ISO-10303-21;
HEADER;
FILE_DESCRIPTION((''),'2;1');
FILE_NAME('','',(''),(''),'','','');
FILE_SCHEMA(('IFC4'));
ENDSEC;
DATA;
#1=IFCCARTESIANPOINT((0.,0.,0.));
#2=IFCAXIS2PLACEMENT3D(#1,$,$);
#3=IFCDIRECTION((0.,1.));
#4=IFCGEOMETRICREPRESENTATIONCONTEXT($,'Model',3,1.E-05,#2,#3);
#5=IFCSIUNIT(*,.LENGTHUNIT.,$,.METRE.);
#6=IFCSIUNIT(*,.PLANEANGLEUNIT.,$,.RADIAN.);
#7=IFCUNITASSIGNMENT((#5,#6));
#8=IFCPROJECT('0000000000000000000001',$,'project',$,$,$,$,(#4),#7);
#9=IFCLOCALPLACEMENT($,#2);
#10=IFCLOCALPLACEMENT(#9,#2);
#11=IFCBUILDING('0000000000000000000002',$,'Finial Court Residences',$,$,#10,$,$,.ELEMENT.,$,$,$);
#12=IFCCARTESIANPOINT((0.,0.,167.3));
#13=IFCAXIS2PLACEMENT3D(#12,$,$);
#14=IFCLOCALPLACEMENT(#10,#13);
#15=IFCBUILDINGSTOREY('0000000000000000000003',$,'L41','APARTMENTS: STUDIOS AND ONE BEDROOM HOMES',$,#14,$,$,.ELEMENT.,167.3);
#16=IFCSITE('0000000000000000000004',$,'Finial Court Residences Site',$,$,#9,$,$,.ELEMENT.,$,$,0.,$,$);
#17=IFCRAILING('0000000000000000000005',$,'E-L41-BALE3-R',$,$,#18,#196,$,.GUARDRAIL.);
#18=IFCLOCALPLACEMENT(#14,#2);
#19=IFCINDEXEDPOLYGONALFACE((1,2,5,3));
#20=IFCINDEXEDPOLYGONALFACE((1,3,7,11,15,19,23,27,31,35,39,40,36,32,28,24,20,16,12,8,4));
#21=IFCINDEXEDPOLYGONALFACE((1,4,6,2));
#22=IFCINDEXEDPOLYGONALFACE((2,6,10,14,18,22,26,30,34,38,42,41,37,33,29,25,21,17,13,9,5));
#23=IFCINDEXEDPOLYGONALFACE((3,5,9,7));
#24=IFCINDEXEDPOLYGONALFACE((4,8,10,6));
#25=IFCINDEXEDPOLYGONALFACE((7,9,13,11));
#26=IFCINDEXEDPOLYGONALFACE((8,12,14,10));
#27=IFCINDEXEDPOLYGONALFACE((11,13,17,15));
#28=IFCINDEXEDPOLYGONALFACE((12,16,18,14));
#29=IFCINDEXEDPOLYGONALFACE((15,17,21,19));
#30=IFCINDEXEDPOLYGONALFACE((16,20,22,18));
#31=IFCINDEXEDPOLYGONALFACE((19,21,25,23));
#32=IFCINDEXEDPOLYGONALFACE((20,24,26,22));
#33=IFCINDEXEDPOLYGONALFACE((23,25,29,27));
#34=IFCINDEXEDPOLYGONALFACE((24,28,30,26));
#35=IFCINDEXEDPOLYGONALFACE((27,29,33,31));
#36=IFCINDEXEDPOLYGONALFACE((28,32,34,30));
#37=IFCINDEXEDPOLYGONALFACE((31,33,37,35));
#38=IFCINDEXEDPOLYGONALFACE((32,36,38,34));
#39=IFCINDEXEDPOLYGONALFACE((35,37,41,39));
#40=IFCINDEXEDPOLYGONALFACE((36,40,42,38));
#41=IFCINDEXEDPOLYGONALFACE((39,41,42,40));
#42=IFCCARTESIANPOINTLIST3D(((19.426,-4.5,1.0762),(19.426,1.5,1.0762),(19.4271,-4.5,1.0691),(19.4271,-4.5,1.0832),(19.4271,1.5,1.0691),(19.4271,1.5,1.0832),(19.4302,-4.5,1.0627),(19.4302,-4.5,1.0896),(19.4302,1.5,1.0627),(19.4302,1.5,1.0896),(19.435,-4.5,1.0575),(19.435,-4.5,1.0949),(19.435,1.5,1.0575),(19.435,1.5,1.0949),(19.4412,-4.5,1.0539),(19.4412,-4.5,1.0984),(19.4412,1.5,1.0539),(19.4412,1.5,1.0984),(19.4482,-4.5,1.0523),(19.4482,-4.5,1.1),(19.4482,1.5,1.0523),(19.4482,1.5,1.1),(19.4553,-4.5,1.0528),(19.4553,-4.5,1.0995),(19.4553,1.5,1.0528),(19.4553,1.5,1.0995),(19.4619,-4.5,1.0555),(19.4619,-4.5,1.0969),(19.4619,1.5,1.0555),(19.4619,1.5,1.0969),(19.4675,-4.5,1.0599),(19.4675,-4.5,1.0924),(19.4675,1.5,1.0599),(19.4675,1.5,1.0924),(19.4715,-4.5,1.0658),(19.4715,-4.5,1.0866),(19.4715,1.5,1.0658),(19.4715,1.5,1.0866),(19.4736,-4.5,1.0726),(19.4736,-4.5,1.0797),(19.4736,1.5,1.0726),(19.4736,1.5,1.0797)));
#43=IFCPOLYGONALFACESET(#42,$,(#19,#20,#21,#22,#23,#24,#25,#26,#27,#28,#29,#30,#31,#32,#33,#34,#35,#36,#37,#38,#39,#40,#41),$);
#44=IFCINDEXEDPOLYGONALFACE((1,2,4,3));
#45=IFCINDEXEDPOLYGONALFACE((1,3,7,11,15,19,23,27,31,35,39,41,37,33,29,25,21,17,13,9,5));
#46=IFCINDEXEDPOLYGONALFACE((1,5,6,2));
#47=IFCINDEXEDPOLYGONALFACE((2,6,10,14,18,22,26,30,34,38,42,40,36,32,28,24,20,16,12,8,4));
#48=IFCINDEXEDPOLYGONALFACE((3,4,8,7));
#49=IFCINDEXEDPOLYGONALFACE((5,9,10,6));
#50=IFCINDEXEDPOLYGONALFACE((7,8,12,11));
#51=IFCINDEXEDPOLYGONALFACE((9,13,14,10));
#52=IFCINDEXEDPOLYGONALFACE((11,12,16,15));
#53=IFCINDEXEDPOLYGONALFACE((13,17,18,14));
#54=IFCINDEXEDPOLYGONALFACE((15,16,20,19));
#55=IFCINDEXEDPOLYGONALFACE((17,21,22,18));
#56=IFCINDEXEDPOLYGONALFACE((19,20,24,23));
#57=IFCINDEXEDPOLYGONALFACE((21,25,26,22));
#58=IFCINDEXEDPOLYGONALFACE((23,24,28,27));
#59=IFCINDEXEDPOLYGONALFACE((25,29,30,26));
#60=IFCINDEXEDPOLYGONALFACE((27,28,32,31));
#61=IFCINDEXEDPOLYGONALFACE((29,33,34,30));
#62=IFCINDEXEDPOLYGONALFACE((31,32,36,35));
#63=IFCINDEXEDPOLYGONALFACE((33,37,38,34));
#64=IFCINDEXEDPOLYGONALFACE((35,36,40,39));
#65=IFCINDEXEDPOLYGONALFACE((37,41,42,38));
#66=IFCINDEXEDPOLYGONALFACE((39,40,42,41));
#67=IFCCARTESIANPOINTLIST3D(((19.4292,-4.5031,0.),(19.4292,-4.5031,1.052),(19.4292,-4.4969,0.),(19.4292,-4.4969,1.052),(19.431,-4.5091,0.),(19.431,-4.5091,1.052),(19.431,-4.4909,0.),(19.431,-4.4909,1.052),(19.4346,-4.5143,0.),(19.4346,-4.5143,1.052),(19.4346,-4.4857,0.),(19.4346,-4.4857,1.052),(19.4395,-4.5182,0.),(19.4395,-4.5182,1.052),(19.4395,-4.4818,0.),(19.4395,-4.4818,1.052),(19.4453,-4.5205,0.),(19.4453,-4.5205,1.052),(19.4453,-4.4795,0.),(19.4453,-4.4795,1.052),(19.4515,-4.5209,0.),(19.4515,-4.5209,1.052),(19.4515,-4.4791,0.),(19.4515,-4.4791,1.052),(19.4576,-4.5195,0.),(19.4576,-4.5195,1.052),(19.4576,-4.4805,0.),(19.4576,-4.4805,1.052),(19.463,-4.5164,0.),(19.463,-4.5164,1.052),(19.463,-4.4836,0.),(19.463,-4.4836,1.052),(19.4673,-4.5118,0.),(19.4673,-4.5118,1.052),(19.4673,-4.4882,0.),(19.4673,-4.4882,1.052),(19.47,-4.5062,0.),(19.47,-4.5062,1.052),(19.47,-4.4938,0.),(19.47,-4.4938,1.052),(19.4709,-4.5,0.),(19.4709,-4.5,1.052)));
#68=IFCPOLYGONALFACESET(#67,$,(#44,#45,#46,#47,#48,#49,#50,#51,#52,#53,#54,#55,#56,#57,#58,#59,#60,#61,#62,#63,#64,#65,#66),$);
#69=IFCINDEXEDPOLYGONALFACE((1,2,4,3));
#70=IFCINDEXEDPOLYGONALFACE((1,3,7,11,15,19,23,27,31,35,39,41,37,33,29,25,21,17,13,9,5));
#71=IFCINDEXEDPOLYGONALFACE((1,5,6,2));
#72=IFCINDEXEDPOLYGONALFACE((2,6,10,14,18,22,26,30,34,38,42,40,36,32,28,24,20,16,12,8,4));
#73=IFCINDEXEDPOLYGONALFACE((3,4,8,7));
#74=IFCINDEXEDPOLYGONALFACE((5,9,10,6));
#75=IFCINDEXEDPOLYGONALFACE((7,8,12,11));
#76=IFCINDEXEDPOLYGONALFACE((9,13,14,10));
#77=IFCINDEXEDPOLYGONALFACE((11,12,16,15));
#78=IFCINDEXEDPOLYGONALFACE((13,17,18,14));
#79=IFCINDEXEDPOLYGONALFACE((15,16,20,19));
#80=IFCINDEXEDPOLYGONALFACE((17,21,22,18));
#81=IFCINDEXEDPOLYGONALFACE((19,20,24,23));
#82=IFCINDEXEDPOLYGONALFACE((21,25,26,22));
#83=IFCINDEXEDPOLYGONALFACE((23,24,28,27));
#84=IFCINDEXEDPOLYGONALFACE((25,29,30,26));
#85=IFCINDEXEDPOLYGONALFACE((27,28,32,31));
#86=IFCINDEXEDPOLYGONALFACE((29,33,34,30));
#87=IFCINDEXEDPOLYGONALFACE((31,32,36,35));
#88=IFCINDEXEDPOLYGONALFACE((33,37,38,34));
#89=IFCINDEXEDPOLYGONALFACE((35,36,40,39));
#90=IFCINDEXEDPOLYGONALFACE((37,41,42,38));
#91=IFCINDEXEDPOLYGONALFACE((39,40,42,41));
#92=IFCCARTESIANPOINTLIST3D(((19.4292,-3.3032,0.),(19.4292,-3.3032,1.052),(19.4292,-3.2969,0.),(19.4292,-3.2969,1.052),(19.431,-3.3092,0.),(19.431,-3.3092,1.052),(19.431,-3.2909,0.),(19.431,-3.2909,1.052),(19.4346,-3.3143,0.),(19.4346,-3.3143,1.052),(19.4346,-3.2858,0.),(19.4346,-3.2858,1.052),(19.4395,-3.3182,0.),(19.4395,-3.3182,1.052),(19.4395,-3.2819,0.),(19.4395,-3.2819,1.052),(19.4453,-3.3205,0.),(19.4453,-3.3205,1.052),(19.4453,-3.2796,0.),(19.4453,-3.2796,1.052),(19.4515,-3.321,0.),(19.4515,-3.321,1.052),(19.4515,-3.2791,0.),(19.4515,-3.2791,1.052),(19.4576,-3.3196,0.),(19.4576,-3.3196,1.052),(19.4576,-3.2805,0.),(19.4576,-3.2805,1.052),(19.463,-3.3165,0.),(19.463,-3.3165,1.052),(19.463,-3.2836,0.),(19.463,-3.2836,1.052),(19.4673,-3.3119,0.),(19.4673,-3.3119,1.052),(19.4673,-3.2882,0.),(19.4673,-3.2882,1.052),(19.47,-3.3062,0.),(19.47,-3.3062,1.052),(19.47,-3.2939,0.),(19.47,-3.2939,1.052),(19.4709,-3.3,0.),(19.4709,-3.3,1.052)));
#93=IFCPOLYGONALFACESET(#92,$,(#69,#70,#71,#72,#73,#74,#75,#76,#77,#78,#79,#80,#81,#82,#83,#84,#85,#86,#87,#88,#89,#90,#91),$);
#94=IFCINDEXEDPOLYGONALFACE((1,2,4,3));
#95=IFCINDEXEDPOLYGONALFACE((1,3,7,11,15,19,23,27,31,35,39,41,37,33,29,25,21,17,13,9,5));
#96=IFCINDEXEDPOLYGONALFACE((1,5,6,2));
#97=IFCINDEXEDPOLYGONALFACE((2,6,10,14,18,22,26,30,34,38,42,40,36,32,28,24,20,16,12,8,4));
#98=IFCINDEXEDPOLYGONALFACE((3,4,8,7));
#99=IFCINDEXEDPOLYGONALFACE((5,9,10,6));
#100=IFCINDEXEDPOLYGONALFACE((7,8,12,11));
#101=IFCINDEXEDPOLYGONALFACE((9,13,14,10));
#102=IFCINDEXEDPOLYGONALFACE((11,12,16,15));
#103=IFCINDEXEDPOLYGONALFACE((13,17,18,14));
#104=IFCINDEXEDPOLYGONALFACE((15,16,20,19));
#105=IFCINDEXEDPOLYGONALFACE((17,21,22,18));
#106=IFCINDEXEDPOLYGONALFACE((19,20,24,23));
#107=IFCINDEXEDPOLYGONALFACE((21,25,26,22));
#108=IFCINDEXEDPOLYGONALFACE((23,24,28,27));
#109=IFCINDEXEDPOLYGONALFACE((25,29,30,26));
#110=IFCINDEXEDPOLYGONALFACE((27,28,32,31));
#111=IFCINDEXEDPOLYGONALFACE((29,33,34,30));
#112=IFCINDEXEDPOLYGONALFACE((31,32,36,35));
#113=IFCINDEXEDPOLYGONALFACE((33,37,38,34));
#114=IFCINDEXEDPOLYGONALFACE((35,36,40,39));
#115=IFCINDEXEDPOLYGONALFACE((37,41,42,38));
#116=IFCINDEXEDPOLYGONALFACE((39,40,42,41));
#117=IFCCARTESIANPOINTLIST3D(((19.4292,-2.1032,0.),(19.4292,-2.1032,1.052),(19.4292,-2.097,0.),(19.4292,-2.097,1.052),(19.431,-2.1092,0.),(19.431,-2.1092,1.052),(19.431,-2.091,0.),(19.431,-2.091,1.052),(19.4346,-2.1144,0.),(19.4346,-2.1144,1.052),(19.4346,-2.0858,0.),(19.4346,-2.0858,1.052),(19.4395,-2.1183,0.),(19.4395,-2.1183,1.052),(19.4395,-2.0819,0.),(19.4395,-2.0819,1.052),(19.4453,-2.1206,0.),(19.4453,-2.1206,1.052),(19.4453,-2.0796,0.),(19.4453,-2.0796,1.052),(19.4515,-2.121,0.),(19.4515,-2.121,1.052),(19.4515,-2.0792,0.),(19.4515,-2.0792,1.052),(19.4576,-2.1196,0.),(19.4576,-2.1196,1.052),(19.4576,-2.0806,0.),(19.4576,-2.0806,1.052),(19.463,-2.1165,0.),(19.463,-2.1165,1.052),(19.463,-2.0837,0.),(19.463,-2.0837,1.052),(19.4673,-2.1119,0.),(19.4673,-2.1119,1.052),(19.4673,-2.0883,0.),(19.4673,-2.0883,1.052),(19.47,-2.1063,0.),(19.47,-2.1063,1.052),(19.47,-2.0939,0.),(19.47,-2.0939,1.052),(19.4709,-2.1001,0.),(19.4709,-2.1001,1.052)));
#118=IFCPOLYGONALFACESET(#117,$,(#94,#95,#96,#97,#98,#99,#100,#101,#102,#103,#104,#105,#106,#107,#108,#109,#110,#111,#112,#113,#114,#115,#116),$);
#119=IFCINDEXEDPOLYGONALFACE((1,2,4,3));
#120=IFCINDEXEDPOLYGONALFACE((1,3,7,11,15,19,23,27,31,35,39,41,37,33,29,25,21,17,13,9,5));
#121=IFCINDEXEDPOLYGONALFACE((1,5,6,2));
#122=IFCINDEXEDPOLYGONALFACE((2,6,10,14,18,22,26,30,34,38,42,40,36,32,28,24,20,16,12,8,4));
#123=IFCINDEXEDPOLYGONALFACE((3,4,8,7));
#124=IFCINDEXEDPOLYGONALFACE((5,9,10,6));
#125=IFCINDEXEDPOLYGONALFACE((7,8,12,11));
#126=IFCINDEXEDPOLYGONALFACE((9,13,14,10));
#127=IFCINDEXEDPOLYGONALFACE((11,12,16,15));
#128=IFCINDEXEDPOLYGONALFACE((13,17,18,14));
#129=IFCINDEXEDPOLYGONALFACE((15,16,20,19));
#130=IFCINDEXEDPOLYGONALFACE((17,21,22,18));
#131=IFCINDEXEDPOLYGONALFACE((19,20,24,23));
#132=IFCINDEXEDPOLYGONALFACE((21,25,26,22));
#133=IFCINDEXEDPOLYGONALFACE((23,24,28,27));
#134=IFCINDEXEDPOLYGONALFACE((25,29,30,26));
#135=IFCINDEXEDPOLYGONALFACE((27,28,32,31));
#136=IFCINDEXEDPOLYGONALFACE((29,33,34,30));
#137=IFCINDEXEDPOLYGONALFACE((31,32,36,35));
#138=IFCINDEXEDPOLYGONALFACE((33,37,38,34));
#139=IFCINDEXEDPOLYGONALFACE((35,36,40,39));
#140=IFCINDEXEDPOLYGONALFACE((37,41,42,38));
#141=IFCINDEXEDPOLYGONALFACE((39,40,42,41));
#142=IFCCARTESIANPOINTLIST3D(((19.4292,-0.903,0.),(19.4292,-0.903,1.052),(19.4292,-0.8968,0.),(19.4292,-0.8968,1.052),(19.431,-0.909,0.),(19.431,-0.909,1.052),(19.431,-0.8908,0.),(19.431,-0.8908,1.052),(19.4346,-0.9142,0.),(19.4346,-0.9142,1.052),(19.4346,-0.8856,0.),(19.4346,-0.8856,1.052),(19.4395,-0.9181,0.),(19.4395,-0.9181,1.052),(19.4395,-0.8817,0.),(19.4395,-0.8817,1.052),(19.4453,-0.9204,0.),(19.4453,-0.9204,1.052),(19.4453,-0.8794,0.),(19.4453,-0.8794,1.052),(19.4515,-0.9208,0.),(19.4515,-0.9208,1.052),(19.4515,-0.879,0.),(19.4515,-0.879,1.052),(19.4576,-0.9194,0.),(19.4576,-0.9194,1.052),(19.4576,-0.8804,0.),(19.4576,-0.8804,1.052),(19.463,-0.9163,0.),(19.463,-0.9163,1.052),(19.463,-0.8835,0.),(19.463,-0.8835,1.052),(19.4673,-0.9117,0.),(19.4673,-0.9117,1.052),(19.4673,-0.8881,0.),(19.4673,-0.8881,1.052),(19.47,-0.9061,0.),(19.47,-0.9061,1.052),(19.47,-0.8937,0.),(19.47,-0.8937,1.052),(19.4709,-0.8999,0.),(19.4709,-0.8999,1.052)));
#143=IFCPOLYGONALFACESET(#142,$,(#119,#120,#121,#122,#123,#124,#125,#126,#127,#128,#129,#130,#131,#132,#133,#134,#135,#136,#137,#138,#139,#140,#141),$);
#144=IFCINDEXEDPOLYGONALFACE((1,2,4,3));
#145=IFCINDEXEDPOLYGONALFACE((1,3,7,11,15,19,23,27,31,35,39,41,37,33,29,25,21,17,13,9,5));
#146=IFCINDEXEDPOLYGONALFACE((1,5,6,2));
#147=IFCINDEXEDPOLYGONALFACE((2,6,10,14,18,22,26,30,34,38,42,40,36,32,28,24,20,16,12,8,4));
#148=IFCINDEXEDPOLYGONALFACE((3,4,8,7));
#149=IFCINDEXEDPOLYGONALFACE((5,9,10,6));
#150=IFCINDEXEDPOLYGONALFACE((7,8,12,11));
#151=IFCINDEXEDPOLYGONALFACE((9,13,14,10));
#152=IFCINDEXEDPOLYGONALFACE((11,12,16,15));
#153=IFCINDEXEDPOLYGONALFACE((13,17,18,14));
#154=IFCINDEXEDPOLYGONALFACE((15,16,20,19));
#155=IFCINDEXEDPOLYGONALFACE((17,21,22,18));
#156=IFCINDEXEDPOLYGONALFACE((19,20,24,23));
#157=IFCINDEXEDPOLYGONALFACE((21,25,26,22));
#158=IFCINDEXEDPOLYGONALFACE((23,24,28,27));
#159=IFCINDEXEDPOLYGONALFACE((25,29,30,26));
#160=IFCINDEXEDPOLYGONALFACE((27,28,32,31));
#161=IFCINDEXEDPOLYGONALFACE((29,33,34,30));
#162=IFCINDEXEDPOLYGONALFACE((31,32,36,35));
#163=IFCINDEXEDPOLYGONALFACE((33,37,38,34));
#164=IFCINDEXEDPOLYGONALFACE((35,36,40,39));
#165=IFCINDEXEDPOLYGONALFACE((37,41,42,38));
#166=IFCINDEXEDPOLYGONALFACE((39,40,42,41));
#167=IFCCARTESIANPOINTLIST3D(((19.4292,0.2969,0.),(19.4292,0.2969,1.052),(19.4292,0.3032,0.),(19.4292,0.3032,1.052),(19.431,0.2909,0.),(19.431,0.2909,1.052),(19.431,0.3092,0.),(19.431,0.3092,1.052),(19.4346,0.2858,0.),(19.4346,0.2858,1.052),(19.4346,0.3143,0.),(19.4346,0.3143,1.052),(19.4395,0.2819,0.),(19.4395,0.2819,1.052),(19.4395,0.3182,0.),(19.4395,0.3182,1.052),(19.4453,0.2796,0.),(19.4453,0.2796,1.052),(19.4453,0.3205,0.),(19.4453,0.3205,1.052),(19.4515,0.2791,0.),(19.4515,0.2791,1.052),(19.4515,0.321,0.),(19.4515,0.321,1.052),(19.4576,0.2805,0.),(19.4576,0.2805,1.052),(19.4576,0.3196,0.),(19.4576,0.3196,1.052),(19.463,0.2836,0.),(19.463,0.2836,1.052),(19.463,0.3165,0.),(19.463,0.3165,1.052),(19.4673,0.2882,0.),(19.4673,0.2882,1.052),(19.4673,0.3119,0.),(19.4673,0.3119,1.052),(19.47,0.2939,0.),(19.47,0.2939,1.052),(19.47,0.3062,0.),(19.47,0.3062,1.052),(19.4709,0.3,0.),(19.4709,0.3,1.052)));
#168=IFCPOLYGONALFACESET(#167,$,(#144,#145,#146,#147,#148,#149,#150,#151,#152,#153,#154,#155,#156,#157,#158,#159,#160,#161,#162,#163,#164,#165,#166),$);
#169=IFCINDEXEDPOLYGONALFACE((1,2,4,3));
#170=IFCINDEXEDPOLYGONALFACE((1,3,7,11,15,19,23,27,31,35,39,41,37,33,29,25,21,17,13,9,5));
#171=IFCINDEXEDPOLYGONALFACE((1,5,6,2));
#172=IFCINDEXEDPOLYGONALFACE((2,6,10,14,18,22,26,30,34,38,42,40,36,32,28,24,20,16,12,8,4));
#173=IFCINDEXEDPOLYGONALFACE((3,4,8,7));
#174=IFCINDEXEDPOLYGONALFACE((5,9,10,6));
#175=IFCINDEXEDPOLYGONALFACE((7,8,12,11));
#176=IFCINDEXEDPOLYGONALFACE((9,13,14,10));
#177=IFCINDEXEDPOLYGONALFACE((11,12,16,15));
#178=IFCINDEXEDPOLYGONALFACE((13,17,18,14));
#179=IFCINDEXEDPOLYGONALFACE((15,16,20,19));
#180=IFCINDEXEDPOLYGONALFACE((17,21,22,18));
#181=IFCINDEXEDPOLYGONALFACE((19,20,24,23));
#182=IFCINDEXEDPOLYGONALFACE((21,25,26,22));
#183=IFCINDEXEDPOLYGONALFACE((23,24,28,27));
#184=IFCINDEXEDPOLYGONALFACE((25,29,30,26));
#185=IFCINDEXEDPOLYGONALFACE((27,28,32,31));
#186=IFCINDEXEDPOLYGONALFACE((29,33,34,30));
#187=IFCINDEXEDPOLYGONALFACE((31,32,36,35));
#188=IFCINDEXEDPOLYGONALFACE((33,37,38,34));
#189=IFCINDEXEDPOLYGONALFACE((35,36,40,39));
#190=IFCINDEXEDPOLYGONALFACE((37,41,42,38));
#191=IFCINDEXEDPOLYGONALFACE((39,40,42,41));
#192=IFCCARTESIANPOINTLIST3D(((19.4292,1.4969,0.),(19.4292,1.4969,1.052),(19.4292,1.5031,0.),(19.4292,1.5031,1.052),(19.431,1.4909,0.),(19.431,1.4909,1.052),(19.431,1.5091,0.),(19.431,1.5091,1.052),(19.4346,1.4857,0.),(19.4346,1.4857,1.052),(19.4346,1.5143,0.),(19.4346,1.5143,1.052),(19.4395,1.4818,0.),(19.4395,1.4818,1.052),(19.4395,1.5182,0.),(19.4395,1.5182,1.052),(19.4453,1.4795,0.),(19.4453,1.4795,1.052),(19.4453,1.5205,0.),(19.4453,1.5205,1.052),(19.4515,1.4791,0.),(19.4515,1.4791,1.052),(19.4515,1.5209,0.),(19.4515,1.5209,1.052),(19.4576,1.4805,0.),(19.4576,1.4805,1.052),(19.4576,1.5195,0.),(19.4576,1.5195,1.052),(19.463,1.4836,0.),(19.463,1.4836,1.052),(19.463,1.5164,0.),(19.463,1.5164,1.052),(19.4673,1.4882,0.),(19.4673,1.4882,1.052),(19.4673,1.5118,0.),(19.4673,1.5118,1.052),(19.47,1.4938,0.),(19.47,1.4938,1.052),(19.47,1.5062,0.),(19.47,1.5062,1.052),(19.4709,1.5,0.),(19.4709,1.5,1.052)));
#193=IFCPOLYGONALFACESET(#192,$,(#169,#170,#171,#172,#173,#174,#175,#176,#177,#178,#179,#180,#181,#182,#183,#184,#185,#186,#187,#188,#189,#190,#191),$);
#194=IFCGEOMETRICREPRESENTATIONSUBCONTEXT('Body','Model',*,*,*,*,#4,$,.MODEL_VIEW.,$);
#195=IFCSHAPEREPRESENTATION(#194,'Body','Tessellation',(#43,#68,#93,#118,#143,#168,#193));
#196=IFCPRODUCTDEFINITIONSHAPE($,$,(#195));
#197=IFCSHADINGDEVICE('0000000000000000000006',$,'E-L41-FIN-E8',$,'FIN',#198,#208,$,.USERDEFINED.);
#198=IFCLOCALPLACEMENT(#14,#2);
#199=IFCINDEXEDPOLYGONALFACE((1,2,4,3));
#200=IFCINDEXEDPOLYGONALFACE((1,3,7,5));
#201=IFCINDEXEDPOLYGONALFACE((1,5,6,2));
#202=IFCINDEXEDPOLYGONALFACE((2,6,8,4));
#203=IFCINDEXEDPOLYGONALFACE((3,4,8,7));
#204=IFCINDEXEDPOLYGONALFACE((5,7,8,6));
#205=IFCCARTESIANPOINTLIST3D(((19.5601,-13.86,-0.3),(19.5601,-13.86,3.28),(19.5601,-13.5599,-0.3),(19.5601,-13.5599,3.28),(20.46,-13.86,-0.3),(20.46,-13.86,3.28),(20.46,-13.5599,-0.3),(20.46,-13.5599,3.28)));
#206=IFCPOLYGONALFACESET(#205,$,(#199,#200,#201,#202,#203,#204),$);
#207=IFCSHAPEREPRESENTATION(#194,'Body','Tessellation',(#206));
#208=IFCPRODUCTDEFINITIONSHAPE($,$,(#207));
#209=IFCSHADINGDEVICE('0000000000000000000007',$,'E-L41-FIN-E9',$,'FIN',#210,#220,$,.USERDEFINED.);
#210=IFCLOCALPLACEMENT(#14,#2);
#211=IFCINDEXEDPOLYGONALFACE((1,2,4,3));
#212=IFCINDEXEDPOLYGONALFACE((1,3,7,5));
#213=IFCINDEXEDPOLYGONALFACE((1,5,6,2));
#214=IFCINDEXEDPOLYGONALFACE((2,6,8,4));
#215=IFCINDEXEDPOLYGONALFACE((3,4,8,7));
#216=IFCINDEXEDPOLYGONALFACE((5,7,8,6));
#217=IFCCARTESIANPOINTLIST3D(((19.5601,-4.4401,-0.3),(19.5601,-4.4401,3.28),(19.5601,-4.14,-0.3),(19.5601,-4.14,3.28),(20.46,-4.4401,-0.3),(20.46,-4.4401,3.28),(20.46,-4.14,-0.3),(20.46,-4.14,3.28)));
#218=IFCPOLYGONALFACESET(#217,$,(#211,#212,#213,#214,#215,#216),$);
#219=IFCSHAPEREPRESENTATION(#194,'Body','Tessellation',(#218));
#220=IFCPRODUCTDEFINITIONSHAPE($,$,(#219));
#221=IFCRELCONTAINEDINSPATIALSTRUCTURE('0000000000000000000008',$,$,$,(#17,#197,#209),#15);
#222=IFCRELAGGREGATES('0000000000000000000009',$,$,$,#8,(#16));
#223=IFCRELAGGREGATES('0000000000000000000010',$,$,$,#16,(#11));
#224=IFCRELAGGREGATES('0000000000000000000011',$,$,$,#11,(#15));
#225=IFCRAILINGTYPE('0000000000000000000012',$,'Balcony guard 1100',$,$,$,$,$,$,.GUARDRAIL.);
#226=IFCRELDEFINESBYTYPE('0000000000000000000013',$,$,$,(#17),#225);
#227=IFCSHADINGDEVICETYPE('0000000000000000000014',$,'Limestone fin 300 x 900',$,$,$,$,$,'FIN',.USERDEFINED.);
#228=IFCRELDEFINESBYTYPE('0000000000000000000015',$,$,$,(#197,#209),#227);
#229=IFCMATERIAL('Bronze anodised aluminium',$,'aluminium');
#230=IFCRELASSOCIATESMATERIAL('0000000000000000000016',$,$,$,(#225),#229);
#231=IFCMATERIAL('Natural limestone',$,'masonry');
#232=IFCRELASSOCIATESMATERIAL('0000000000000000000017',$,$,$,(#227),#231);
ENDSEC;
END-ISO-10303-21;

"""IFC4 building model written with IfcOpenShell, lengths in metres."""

from ifc_helpers import new_model, si_unit, direction, frame, origin, origin_2d, place, context, subcontext, project, spatial, rectangle, circle, extrude, material, type_object, element, save


model = new_model("IFC4")

# Units and contexts
model_context = context("Model", 3, precision=1e-05, world=origin(), true_north=direction((0.0, 1.0)))
body_context = subcontext(model_context, "Body", "Model", "MODEL_VIEW")
ifc_project = project(units=[si_unit("LENGTHUNIT", "METRE"), si_unit("PLANEANGLEUNIT", "RADIAN")], contexts=[model_context])

# Site, building, storey
site_placement = place(None, origin())
site = spatial("IfcSite", under=ifc_project, at=site_placement, Name="Finial Court Residences Site", CompositionType="ELEMENT", RefElevation=0.0)
building_placement = place(site_placement, origin())
building = spatial("IfcBuilding", under=site, at=building_placement, Name="Finial Court Residences", CompositionType="ELEMENT")
storey_placement = place(building_placement, frame((0.0, 0.0, 167.3)))
storey = spatial("IfcBuildingStorey", under=building, at=storey_placement, Name="L41", Description="APARTMENTS: STUDIOS AND ONE BEDROOM HOMES", CompositionType="ELEMENT", Elevation=167.3)

# Shared definitions
ifc_material_1 = material(Name="Bronze anodised aluminium", Category="aluminium")

# Shared definitions
ifc_material_2 = material(Name="Natural limestone", Category="masonry")

# Railing
railing_type = type_object("IfcRailingType", Name="Balcony guard 1100", PredefinedType="GUARDRAIL", material=ifc_material_1)
railing_placement = place(storey_placement, frame((19.45, -4.5, 0.0)))
element("IfcRailing", 1, at=railing_placement, inside=storey, type_object=railing_type, Name="E-L41-BALE3-R", PredefinedType="GUARDRAIL", context=body_context, shape_type="SweptSolid", body=[
    extrude(circle(Radius=0.0239, at=origin_2d()), frame((0.0, 0.0, 1.0762), z_axis=(0.0, 1.0, 0.0), x_axis=(-1.0, 0.0, 0.0)), (0.0, 0.0, 1.0), 6.0),
    extrude(circle(Radius=0.021, at=origin_2d()), origin(), (0.0, 0.0, 1.0), 1.052),
    extrude(circle(Radius=0.021, at=origin_2d()), frame((0.0, 1.2, 0.0)), (0.0, 0.0, 1.0), 1.052),
    extrude(circle(Radius=0.021, at=origin_2d()), frame((0.0, 2.3999, 0.0)), (0.0, 0.0, 1.0), 1.052),
    extrude(circle(Radius=0.021, at=origin_2d()), frame((0.0, 3.6001, 0.0)), (0.0, 0.0, 1.0), 1.052),
    extrude(circle(Radius=0.021, at=origin_2d()), frame((0.0, 4.8, 0.0)), (0.0, 0.0, 1.0), 1.052),
    extrude(circle(Radius=0.021, at=origin_2d()), frame((0.0, 6.0, 0.0)), (0.0, 0.0, 1.0), 1.052),
])

# Shading devices
shading_device_type = type_object("IfcShadingDeviceType", Name="Limestone fin 300 x 900", ElementType="FIN", PredefinedType="USERDEFINED", material=ifc_material_2)
for number, where, z_axis, x_axis, name in (
    (2, (20.01, -13.71, -0.3), (0.0, 0.0, 1.0), (1.0, 0.0, 0.0), "E-L41-FIN-E8"),
    (3, (20.01, -4.29, -0.3), (0.0, 0.0, 1.0), (1.0, 0.0, 0.0), "E-L41-FIN-E9"),
):
    element("IfcShadingDevice", number, at=place(storey_placement, frame(where, z_axis=z_axis, x_axis=x_axis)), inside=storey, type_object=shading_device_type, Name=name, ObjectType="FIN", PredefinedType="USERDEFINED", context=body_context, shape_type="SweptSolid", body=[
        extrude(rectangle(XDim=0.8999, YDim=0.3, at=origin_2d()), origin(), (0.0, 0.0, 1.0), 3.5801),
    ])

save(model, "model.ifc")
